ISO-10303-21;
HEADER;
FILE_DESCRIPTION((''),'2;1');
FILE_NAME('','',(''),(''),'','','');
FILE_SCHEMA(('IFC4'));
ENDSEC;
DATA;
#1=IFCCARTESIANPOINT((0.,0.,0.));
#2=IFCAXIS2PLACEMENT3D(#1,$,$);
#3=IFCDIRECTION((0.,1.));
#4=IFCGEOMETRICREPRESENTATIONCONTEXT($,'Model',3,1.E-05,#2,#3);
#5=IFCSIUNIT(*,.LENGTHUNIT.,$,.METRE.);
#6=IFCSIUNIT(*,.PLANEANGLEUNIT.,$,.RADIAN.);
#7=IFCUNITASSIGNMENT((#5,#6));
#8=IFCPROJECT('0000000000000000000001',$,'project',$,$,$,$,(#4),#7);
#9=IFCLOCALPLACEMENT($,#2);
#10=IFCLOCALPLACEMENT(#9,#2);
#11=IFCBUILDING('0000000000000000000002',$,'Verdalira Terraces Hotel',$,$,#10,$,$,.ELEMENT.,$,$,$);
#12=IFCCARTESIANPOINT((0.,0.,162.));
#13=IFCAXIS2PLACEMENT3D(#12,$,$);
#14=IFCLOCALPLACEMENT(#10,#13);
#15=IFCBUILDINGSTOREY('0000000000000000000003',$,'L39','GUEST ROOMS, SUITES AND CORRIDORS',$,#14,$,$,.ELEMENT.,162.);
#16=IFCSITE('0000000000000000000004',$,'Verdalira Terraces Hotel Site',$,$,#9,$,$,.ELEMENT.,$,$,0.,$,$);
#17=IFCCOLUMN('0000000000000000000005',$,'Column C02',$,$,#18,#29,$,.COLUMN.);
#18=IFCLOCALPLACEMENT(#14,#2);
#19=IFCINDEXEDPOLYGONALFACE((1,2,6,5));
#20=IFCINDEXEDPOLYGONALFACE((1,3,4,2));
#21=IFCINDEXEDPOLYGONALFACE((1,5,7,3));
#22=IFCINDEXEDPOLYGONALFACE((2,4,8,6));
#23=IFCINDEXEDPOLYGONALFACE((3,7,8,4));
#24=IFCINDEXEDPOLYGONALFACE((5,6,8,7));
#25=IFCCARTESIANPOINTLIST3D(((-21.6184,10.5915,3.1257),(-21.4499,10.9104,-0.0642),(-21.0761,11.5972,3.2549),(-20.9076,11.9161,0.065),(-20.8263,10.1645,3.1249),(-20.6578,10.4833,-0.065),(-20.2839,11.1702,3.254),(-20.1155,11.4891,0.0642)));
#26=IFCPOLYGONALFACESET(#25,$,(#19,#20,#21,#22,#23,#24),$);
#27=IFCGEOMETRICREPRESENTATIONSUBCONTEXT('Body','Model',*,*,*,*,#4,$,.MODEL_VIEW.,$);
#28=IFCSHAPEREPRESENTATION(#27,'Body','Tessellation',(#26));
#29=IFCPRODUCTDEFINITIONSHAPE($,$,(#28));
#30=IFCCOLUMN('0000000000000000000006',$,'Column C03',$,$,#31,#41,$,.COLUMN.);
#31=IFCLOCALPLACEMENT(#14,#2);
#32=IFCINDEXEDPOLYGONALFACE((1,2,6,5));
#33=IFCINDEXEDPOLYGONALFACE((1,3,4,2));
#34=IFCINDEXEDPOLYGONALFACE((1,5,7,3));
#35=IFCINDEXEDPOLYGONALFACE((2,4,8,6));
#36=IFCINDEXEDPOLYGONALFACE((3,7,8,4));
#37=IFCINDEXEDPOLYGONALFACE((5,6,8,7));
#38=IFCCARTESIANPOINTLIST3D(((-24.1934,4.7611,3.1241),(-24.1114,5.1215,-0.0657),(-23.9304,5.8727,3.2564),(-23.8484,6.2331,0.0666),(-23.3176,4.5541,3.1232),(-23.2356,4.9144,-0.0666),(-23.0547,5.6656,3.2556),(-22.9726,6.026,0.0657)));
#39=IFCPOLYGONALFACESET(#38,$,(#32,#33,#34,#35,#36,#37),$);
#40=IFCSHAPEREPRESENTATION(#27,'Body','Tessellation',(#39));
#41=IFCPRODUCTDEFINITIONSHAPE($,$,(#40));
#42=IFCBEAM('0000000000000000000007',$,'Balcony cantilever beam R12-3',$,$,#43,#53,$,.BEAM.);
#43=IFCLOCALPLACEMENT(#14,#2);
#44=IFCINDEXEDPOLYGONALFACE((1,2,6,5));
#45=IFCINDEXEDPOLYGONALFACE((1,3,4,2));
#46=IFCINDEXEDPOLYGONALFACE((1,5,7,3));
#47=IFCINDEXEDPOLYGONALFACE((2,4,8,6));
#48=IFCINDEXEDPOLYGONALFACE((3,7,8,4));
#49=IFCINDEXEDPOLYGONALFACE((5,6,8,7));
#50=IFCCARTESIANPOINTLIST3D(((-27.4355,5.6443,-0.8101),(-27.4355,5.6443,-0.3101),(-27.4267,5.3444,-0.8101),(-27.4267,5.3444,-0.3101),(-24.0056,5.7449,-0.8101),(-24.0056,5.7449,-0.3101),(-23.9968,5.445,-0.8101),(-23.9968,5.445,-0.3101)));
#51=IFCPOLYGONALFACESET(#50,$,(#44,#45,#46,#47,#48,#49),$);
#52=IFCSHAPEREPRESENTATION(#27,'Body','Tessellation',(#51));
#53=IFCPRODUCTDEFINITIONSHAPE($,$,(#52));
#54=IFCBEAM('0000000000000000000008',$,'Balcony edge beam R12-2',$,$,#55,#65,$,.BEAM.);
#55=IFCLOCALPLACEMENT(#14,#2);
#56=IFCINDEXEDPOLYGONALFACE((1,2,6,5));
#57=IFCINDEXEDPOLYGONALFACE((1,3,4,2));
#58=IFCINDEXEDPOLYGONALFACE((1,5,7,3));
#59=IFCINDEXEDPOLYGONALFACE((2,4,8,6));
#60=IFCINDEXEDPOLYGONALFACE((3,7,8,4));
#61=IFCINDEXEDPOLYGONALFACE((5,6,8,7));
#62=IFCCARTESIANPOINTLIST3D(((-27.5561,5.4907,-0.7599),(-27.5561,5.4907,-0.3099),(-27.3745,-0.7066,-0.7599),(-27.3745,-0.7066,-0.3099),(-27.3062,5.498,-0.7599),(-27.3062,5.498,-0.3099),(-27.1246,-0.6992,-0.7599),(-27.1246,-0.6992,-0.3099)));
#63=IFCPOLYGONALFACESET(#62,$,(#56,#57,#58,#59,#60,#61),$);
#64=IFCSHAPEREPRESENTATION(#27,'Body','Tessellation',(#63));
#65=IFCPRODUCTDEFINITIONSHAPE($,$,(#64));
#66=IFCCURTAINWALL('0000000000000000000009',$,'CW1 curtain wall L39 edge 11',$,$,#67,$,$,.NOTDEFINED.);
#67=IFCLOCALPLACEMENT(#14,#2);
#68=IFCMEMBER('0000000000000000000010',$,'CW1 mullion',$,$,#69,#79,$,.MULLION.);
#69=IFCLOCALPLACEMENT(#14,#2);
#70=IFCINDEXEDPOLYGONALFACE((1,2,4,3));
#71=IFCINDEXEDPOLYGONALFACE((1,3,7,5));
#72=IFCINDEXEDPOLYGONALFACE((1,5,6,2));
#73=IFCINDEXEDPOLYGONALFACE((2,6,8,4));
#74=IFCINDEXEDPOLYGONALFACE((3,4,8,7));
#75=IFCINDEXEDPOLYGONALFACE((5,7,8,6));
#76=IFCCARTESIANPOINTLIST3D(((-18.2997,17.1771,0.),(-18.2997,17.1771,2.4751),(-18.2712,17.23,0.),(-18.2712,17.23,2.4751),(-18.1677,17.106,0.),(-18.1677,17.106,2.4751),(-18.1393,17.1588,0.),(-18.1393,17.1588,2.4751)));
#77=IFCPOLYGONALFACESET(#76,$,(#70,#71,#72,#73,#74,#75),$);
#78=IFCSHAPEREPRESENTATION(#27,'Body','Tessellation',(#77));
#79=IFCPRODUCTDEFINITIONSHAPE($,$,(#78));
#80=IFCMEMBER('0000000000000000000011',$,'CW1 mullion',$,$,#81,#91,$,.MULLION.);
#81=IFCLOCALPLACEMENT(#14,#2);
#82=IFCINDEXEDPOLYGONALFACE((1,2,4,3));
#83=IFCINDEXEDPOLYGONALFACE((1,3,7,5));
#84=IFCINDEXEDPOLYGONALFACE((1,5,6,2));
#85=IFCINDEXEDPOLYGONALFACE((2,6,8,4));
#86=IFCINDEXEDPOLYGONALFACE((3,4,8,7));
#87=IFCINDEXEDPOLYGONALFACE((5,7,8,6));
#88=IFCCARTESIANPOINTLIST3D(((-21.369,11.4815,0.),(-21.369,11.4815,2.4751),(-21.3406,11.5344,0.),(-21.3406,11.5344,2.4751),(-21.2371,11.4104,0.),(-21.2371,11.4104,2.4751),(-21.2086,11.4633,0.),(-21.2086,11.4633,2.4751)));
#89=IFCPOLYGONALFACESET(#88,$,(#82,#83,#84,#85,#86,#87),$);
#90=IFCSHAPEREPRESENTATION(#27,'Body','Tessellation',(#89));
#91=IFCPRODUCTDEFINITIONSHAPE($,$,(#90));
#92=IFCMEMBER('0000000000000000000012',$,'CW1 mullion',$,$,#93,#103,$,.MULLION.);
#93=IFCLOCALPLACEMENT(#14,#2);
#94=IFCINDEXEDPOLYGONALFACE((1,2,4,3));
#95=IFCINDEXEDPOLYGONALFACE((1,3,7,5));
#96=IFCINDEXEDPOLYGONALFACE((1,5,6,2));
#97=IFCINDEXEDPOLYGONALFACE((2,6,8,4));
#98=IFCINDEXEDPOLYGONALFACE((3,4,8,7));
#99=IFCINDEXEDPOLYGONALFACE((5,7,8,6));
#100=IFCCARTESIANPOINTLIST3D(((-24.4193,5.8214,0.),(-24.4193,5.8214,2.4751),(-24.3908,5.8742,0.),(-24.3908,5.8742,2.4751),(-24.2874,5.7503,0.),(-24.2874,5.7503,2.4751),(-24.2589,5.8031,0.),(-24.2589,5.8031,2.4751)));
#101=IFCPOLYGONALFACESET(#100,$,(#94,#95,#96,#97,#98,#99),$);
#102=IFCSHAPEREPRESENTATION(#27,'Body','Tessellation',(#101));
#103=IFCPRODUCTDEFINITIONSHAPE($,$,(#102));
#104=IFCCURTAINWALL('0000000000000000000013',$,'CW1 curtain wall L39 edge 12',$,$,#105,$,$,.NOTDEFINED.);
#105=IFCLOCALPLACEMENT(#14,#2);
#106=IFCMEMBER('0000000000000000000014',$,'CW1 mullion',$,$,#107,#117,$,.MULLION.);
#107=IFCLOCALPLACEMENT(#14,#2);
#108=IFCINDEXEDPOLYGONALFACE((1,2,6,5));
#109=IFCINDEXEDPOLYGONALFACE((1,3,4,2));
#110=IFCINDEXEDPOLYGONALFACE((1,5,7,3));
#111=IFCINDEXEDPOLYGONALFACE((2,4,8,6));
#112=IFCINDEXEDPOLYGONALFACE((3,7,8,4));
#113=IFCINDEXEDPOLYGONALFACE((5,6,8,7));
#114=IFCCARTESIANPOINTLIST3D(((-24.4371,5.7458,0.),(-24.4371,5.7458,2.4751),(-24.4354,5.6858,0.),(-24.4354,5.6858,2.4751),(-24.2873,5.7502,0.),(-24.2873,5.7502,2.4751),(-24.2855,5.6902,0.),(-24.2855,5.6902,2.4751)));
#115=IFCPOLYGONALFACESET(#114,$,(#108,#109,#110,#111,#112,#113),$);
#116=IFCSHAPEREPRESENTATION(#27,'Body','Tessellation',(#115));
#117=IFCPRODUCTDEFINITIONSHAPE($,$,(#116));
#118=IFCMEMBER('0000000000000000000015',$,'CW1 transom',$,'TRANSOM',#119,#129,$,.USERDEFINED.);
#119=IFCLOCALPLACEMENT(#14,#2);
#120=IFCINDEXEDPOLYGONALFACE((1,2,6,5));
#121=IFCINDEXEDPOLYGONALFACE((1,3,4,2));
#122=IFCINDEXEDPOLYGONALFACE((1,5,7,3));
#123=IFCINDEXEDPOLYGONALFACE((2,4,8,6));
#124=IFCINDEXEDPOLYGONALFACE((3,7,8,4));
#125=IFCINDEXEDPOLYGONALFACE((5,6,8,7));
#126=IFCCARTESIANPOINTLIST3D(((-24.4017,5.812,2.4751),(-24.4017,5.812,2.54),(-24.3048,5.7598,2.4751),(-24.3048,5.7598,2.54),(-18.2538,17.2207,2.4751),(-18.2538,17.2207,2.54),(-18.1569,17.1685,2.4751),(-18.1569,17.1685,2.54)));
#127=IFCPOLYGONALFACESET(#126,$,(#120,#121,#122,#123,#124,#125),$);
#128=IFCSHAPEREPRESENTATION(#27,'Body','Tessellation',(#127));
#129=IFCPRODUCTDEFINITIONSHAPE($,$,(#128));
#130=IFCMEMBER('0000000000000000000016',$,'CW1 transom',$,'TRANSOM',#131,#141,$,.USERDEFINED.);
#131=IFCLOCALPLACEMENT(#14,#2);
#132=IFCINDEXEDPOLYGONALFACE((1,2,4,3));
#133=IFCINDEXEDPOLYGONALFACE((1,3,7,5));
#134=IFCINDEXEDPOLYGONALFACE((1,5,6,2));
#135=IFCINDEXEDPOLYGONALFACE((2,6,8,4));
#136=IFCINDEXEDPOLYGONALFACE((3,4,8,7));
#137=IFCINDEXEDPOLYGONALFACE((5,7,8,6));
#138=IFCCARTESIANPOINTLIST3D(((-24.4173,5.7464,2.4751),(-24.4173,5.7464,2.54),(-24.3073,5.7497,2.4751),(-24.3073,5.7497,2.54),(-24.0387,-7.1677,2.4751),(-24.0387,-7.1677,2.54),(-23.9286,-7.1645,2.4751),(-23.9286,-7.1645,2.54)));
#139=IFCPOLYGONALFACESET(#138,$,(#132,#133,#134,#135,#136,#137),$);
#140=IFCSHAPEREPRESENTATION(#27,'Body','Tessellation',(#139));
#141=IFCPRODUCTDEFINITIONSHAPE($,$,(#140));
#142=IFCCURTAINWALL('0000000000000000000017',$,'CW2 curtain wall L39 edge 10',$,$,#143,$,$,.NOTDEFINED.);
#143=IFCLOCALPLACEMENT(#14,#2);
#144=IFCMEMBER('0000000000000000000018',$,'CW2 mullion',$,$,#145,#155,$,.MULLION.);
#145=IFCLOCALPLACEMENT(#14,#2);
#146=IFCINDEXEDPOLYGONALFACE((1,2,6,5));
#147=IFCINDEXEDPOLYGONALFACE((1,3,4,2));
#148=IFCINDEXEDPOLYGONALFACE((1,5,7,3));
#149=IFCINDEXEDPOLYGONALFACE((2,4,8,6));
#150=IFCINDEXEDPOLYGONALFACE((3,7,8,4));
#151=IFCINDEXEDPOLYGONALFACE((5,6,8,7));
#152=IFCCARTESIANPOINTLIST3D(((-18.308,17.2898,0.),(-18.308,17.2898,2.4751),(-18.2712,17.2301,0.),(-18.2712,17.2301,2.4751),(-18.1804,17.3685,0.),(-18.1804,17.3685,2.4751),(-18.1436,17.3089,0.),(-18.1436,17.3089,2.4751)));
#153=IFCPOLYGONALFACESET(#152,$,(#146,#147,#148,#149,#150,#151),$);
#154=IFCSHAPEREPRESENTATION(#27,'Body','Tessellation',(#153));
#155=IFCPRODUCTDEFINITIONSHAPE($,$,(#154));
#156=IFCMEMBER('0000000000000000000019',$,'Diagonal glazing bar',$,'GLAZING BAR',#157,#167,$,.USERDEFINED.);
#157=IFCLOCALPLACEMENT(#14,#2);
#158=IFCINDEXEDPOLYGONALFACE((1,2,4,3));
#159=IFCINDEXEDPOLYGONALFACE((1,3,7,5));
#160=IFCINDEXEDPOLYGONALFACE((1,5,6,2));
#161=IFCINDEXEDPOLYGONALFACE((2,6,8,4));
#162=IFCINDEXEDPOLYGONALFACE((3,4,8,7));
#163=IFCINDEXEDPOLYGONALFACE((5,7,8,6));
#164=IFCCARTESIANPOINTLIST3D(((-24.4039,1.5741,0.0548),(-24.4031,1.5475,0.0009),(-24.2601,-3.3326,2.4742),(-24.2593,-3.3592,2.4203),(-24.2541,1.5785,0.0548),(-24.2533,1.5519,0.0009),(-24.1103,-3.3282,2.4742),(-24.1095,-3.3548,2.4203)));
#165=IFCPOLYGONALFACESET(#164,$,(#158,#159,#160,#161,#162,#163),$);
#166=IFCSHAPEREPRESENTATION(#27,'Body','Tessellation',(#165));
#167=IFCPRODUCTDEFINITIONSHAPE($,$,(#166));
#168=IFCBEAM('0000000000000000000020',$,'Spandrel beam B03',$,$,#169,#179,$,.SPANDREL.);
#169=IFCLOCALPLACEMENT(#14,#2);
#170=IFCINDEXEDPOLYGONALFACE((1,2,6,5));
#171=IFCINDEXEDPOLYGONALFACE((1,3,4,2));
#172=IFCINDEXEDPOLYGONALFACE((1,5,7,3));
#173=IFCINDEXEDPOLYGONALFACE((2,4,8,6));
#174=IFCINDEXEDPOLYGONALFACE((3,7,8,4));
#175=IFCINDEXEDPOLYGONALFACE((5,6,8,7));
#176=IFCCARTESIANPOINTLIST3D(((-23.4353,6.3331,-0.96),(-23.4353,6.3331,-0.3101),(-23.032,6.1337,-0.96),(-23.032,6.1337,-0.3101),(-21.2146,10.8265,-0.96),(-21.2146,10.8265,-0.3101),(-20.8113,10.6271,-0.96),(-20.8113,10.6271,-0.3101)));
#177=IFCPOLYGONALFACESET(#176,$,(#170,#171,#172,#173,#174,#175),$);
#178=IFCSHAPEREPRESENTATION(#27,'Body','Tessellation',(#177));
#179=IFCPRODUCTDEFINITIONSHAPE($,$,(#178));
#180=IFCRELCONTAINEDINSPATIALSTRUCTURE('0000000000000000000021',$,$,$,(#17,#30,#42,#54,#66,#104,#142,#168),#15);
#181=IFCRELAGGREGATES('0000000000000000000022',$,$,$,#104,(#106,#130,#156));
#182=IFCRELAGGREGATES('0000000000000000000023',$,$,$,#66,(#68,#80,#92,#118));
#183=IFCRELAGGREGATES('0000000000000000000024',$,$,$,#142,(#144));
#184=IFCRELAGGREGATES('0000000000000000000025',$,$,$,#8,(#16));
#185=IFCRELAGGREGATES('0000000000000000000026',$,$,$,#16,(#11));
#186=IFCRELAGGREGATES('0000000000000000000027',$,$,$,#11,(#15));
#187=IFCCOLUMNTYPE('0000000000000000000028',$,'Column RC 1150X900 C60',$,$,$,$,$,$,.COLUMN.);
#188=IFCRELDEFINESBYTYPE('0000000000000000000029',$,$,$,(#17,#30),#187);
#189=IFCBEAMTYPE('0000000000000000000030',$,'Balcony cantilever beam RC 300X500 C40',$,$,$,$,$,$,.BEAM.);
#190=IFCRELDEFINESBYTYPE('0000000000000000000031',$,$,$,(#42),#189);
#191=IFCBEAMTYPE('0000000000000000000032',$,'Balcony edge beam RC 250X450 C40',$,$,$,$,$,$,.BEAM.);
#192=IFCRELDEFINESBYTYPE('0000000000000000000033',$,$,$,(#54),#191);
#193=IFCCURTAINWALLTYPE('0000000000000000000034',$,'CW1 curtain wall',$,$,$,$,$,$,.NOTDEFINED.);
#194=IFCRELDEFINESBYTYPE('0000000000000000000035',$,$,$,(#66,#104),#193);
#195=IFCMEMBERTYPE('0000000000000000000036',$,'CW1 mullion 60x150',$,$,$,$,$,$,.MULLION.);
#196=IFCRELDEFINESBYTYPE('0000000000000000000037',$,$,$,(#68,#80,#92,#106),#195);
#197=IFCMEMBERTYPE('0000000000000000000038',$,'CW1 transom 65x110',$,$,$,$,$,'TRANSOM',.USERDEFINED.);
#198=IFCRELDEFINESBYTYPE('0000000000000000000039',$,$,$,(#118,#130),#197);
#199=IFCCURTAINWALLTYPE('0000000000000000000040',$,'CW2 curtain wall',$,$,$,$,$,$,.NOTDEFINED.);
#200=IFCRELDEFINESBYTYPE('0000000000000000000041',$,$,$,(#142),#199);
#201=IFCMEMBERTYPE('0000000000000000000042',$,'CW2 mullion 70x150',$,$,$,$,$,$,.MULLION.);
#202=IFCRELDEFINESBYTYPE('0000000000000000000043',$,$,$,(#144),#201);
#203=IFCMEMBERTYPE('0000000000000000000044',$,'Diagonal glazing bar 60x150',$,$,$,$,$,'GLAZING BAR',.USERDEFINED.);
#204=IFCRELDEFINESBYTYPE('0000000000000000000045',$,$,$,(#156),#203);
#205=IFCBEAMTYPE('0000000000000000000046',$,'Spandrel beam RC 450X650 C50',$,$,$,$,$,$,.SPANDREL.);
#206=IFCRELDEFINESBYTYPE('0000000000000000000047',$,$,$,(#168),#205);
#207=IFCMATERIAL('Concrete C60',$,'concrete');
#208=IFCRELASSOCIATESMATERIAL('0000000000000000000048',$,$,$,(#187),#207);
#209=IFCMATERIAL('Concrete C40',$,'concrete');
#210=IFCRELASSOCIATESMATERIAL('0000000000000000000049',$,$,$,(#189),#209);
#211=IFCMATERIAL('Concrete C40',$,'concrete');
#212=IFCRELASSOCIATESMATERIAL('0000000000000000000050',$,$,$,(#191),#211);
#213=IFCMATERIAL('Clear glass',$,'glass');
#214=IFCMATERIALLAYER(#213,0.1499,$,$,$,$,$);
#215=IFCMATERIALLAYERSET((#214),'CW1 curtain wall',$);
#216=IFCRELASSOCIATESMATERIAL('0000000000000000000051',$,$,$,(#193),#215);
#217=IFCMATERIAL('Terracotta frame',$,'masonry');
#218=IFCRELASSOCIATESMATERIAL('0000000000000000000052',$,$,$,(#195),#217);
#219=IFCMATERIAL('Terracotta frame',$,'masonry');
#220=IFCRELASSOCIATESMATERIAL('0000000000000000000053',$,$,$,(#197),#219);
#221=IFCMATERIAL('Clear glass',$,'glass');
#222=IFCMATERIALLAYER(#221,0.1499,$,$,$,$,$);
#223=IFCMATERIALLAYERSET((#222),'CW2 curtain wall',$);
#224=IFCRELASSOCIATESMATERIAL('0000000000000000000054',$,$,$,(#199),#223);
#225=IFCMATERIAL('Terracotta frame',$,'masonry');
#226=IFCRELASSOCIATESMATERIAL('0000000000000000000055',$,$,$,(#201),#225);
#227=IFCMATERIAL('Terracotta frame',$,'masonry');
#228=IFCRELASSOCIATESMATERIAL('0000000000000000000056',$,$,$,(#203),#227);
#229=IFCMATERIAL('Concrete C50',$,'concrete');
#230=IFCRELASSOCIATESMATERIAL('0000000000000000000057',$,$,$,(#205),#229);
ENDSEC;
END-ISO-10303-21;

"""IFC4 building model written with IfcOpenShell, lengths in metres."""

from ifc_helpers import new_model, si_unit, direction, frame, origin, origin_2d, place, context, subcontext, project, spatial, rectangle, extrude, material, layer, layer_set, material_profile, profile_set, type_object, element, aggregate, save


model = new_model("IFC4")

# Units and contexts
model_context = context("Model", 3, precision=1e-05, world=origin(), true_north=direction((0.0, 1.0)))
body_context = subcontext(model_context, "Body", "Model", "MODEL_VIEW")
ifc_project = project(units=[si_unit("LENGTHUNIT", "METRE"), si_unit("PLANEANGLEUNIT", "RADIAN")], contexts=[model_context])

# Site, building, storey
site_placement = place(None, origin())
site = spatial("IfcSite", under=ifc_project, at=site_placement, Name="Verdalira Terraces Hotel Site", CompositionType="ELEMENT", RefElevation=0.0)
building_placement = place(site_placement, origin())
building = spatial("IfcBuilding", under=site, at=building_placement, Name="Verdalira Terraces Hotel", CompositionType="ELEMENT")
storey_placement = place(building_placement, frame((0.0, 0.0, 162.0)))
storey = spatial("IfcBuildingStorey", under=building, at=storey_placement, Name="L39", Description="GUEST ROOMS, SUITES AND CORRIDORS", CompositionType="ELEMENT", Elevation=162.0)

# Columns
ifc_material_1 = material(Name="Concrete C60", Category="concrete")
ifc_material_profile_1 = material_profile(ifc_material_1, rectangle(XDim=1.1499, YDim=0.8999, at=origin_2d()), Name="RC 1150X900")
ifc_profile_set_1 = profile_set([ifc_material_profile_1], Name="Concrete C60")
column_type = type_object("IfcColumnType", Name="Column RC 1150X900 C60", PredefinedType="COLUMN", material=ifc_profile_set_1)
column_1_placement = place(storey_placement, frame((-20.7827, 11.1997, 0.0), z_axis=(-0.052475, -0.099321, 0.993671), x_axis=(-0.471623, -0.874617, -0.112327)))
element("IfcColumn", 1, at=column_1_placement, inside=storey, type_object=column_type, Name="Column C02", PredefinedType="COLUMN", context=body_context, shape_type="SweptSolid", body=[
    extrude(rectangle(XDim=1.1499, YDim=0.8999, at=origin_2d()), origin(), (0.0, 0.0, 1.0), 3.2102),
])
column_2_placement = place(storey_placement, frame((-23.542, 5.5737, 0.0), z_axis=(-0.025545, -0.112214, 0.993356), x_axis=(0.228704, 0.96667, 0.115081)))
element("IfcColumn", 2, at=column_2_placement, inside=storey, type_object=column_type, Name="Column C03", PredefinedType="COLUMN", context=body_context, shape_type="SweptSolid", body=[
    extrude(rectangle(XDim=1.1499, YDim=0.8999, at=origin_2d()), origin(), (0.0, 0.0, 1.0), 3.2112),
])

# Beams
ifc_material_2 = material(Name="Concrete C40", Category="concrete")
ifc_material_profile_2 = material_profile(ifc_material_2, rectangle(XDim=0.3, YDim=0.5, at=origin_2d()), Name="RC 300X500")
ifc_profile_set_2 = profile_set([ifc_material_profile_2], Name="Concrete C40")
beam_type_1 = type_object("IfcBeamType", Name="Balcony cantilever beam RC 300X500 C40", PredefinedType="BEAM", material=ifc_profile_set_2)
beam_1_placement = place(storey_placement, frame((-24.0012, 5.595, -0.5601), z_axis=(-0.99957, -0.029313, 0.0), x_axis=(0.029313, -0.99957, 0.0)))
element("IfcBeam", 3, at=beam_1_placement, inside=storey, type_object=beam_type_1, Name="Balcony cantilever beam R12-3", PredefinedType="BEAM", context=body_context, shape_type="SweptSolid", body=[
    extrude(rectangle(XDim=0.3, YDim=0.5, at=origin_2d()), origin(), (0.0, 0.0, 1.0), 3.4314),
])
ifc_material_3 = material(Name="Concrete C40", Category="concrete")
ifc_material_profile_3 = material_profile(ifc_material_3, rectangle(XDim=0.25, YDim=0.45, at=origin_2d()), Name="RC 250X450")
ifc_profile_set_3 = profile_set([ifc_material_profile_3], Name="Concrete C40")
beam_type_2 = type_object("IfcBeamType", Name="Balcony edge beam RC 250X450 C40", PredefinedType="BEAM", material=ifc_profile_set_3)
beam_2_placement = place(storey_placement, frame((-27.4312, 5.4944, -0.5349), z_axis=(0.029297, -0.999571, 0.0), x_axis=(0.999571, 0.029297, 0.0)))
element("IfcBeam", 4, at=beam_2_placement, inside=storey, type_object=beam_type_2, Name="Balcony edge beam R12-2", PredefinedType="BEAM", context=body_context, shape_type="SweptSolid", body=[
    extrude(rectangle(XDim=0.25, YDim=0.45, at=origin_2d()), origin(), (0.0, 0.0, 1.0), 6.2),
])

# Curtain wall, members
ifc_material_4 = material(Name="Clear glass", Category="glass")
ifc_layer_1 = layer(ifc_material_4, 0.1499)
ifc_layer_set_1 = layer_set([ifc_layer_1], Name="CW1 curtain wall")
curtain_wall_type_1 = type_object("IfcCurtainWallType", Name="CW1 curtain wall", PredefinedType="NOTDEFINED", material=ifc_layer_set_1)
curtain_wall_1_placement = place(storey_placement, origin())
curtain_wall_1 = element("IfcCurtainWall", 5, at=curtain_wall_1_placement, inside=storey, type_object=curtain_wall_type_1, Name="CW1 curtain wall L39 edge 11", PredefinedType="NOTDEFINED")
ifc_material_5 = material(Name="Terracotta frame", Category="masonry")
ifc_material_profile_4 = material_profile(ifc_material_5, rectangle(XDim=0.0601, YDim=0.1499, at=origin_2d()), Name="MU 60x150")
ifc_profile_set_4 = profile_set([ifc_material_profile_4], Name="Terracotta frame")
member_type_1 = type_object("IfcMemberType", Name="CW1 mullion 60x150", PredefinedType="MULLION", material=ifc_profile_set_4)
member_1_placement = place(storey_placement, frame((-18.2195, 17.168, 0.0), z_axis=(0.0, 0.0, 1.0), x_axis=(-0.474396, -0.880312, 0.0)))
member_1 = element("IfcMember", 6, at=member_1_placement, type_object=member_type_1, Name="CW1 mullion", PredefinedType="MULLION", context=body_context, shape_type="SweptSolid", body=[
    extrude(rectangle(XDim=0.0601, YDim=0.1499, at=origin_2d()), origin(), (0.0, 0.0, 1.0), 2.4751),
])
member_2_placement = place(storey_placement, frame((-21.2888, 11.4724, 0.0), z_axis=(0.0, 0.0, 1.0), x_axis=(-0.474396, -0.880312, 0.0)))
member_2 = element("IfcMember", 7, at=member_2_placement, type_object=member_type_1, Name="CW1 mullion", PredefinedType="MULLION", context=body_context, shape_type="SweptSolid", body=[
    extrude(rectangle(XDim=0.0601, YDim=0.1499, at=origin_2d()), origin(), (0.0, 0.0, 1.0), 2.4751),
])
member_3_placement = place(storey_placement, frame((-24.3391, 5.8123, 0.0), z_axis=(0.0, 0.0, 1.0), x_axis=(-0.474396, -0.880312, 0.0)))
member_3 = element("IfcMember", 8, at=member_3_placement, type_object=member_type_1, Name="CW1 mullion", PredefinedType="MULLION", context=body_context, shape_type="SweptSolid", body=[
    extrude(rectangle(XDim=0.0601, YDim=0.1499, at=origin_2d()), origin(), (0.0, 0.0, 1.0), 2.4751),
])

# Curtain wall, member
curtain_wall_2_placement = place(storey_placement, origin())
curtain_wall_2 = element("IfcCurtainWall", 9, at=curtain_wall_2_placement, inside=storey, type_object=curtain_wall_type_1, Name="CW1 curtain wall L39 edge 12", PredefinedType="NOTDEFINED")
member_4_placement = place(storey_placement, frame((-24.3613, 5.718, 0.0), z_axis=(0.0, 0.0, 1.0), x_axis=(0.029317, -0.99957, 0.0)))
member_4 = element("IfcMember", 10, at=member_4_placement, type_object=member_type_1, Name="CW1 mullion", PredefinedType="MULLION", context=body_context, shape_type="SweptSolid", body=[
    extrude(rectangle(XDim=0.0601, YDim=0.1499, at=origin_2d()), origin(), (0.0, 0.0, 1.0), 2.4751),
])

# Members
ifc_material_6 = material(Name="Terracotta frame", Category="masonry")
ifc_material_profile_5 = material_profile(ifc_material_6, rectangle(XDim=0.1101, YDim=0.0649, at=origin_2d()), Name="TR 65x110")
ifc_profile_set_5 = profile_set([ifc_material_profile_5], Name="Terracotta frame")
member_type_2 = type_object("IfcMemberType", Name="CW1 transom 65x110", ElementType="TRANSOM", PredefinedType="USERDEFINED", material=ifc_profile_set_5)
member_5_placement = place(storey_placement, frame((-18.2053, 17.1946, 2.5076), z_axis=(-0.474387, -0.880316, 0.0), x_axis=(0.880316, -0.474387, 0.0)))
member_5 = element("IfcMember", 11, at=member_5_placement, type_object=member_type_2, Name="CW1 transom", ObjectType="TRANSOM", PredefinedType="USERDEFINED", context=body_context, shape_type="SweptSolid", body=[
    extrude(rectangle(XDim=0.1101, YDim=0.0649, at=origin_2d()), origin(), (0.0, 0.0, 1.0), 12.9597),
])
member_6_placement = place(storey_placement, frame((-24.3623, 5.748, 2.5076), z_axis=(0.029309, -0.99957, 0.0), x_axis=(0.99957, 0.029309, 0.0)))
member_6 = element("IfcMember", 12, at=member_6_placement, type_object=member_type_2, Name="CW1 transom", ObjectType="TRANSOM", PredefinedType="USERDEFINED", context=body_context, shape_type="SweptSolid", body=[
    extrude(rectangle(XDim=0.1101, YDim=0.0649, at=origin_2d()), origin(), (0.0, 0.0, 1.0), 12.9197),
])

# Curtain wall, member
ifc_material_7 = material(Name="Clear glass", Category="glass")
ifc_layer_2 = layer(ifc_material_7, 0.1499)
ifc_layer_set_2 = layer_set([ifc_layer_2], Name="CW2 curtain wall")
curtain_wall_type_2 = type_object("IfcCurtainWallType", Name="CW2 curtain wall", PredefinedType="NOTDEFINED", material=ifc_layer_set_2)
curtain_wall_3_placement = place(storey_placement, origin())
curtain_wall_3 = element("IfcCurtainWall", 13, at=curtain_wall_3_placement, inside=storey, type_object=curtain_wall_type_2, Name="CW2 curtain wall L39 edge 10", PredefinedType="NOTDEFINED")
ifc_material_8 = material(Name="Terracotta frame", Category="masonry")
ifc_material_profile_6 = material_profile(ifc_material_8, rectangle(XDim=0.0701, YDim=0.1499, at=origin_2d()), Name="MU 70x150")
ifc_profile_set_6 = profile_set([ifc_material_profile_6], Name="Terracotta frame")
member_type_3 = type_object("IfcMemberType", Name="CW2 mullion 70x150", PredefinedType="MULLION", material=ifc_profile_set_6)
member_7_placement = place(storey_placement, frame((-18.2258, 17.2993, 0.0), z_axis=(0.0, 0.0, 1.0), x_axis=(0.525175, -0.850994, 0.0)))
member_7 = element("IfcMember", 14, at=member_7_placement, type_object=member_type_3, Name="CW2 mullion", PredefinedType="MULLION", context=body_context, shape_type="SweptSolid", body=[
    extrude(rectangle(XDim=0.0701, YDim=0.1499, at=origin_2d()), origin(), (0.0, 0.0, 1.0), 2.4751),
])

# Member
ifc_material_9 = material(Name="Terracotta frame", Category="masonry")
ifc_material_profile_7 = material_profile(ifc_material_9, rectangle(XDim=0.1499, YDim=0.0601, at=origin_2d()), Name="GB 60x150")
ifc_profile_set_7 = profile_set([ifc_material_profile_7], Name="Terracotta frame")
member_type_4 = type_object("IfcMemberType", Name="Diagonal glazing bar 60x150", ElementType="GLAZING BAR", PredefinedType="USERDEFINED", material=ifc_profile_set_7)
member_8_placement = place(storey_placement, frame((-24.3286, 1.563, 0.0278), z_axis=(0.026276, -0.896585, 0.442092), x_axis=(0.999571, 0.029294, 0.0)))
member_8 = element("IfcMember", 15, at=member_8_placement, type_object=member_type_4, Name="Diagonal glazing bar", ObjectType="GLAZING BAR", PredefinedType="USERDEFINED", context=body_context, shape_type="SweptSolid", body=[
    extrude(rectangle(XDim=0.1499, YDim=0.0601, at=origin_2d()), origin(), (0.0, 0.0, 1.0), 5.4727),
])
aggregate(curtain_wall_2, [member_4, member_6, member_8])

# Beam
ifc_material_10 = material(Name="Concrete C50", Category="concrete")
ifc_material_profile_8 = material_profile(ifc_material_10, rectangle(XDim=0.45, YDim=0.6499, at=origin_2d()), Name="RC 450X650")
ifc_profile_set_8 = profile_set([ifc_material_profile_8], Name="Concrete C50")
beam_type_3 = type_object("IfcBeamType", Name="Spandrel beam RC 450X650 C50", PredefinedType="SPANDREL", material=ifc_profile_set_8)
beam_3_placement = place(storey_placement, frame((-21.0129, 10.7268, -0.635), z_axis=(-0.443059, -0.896493, 0.0), x_axis=(0.896493, -0.443059, 0.0)))
element("IfcBeam", 16, at=beam_3_placement, inside=storey, type_object=beam_type_3, Name="Spandrel beam B03", PredefinedType="SPANDREL", context=body_context, shape_type="SweptSolid", body=[
    extrude(rectangle(XDim=0.45, YDim=0.6499, at=origin_2d()), origin(), (0.0, 0.0, 1.0), 5.0122),
])

aggregate(curtain_wall_1, [member_1, member_2, member_3, member_5])
aggregate(curtain_wall_3, [member_7])

save(model, "model.ifc")
